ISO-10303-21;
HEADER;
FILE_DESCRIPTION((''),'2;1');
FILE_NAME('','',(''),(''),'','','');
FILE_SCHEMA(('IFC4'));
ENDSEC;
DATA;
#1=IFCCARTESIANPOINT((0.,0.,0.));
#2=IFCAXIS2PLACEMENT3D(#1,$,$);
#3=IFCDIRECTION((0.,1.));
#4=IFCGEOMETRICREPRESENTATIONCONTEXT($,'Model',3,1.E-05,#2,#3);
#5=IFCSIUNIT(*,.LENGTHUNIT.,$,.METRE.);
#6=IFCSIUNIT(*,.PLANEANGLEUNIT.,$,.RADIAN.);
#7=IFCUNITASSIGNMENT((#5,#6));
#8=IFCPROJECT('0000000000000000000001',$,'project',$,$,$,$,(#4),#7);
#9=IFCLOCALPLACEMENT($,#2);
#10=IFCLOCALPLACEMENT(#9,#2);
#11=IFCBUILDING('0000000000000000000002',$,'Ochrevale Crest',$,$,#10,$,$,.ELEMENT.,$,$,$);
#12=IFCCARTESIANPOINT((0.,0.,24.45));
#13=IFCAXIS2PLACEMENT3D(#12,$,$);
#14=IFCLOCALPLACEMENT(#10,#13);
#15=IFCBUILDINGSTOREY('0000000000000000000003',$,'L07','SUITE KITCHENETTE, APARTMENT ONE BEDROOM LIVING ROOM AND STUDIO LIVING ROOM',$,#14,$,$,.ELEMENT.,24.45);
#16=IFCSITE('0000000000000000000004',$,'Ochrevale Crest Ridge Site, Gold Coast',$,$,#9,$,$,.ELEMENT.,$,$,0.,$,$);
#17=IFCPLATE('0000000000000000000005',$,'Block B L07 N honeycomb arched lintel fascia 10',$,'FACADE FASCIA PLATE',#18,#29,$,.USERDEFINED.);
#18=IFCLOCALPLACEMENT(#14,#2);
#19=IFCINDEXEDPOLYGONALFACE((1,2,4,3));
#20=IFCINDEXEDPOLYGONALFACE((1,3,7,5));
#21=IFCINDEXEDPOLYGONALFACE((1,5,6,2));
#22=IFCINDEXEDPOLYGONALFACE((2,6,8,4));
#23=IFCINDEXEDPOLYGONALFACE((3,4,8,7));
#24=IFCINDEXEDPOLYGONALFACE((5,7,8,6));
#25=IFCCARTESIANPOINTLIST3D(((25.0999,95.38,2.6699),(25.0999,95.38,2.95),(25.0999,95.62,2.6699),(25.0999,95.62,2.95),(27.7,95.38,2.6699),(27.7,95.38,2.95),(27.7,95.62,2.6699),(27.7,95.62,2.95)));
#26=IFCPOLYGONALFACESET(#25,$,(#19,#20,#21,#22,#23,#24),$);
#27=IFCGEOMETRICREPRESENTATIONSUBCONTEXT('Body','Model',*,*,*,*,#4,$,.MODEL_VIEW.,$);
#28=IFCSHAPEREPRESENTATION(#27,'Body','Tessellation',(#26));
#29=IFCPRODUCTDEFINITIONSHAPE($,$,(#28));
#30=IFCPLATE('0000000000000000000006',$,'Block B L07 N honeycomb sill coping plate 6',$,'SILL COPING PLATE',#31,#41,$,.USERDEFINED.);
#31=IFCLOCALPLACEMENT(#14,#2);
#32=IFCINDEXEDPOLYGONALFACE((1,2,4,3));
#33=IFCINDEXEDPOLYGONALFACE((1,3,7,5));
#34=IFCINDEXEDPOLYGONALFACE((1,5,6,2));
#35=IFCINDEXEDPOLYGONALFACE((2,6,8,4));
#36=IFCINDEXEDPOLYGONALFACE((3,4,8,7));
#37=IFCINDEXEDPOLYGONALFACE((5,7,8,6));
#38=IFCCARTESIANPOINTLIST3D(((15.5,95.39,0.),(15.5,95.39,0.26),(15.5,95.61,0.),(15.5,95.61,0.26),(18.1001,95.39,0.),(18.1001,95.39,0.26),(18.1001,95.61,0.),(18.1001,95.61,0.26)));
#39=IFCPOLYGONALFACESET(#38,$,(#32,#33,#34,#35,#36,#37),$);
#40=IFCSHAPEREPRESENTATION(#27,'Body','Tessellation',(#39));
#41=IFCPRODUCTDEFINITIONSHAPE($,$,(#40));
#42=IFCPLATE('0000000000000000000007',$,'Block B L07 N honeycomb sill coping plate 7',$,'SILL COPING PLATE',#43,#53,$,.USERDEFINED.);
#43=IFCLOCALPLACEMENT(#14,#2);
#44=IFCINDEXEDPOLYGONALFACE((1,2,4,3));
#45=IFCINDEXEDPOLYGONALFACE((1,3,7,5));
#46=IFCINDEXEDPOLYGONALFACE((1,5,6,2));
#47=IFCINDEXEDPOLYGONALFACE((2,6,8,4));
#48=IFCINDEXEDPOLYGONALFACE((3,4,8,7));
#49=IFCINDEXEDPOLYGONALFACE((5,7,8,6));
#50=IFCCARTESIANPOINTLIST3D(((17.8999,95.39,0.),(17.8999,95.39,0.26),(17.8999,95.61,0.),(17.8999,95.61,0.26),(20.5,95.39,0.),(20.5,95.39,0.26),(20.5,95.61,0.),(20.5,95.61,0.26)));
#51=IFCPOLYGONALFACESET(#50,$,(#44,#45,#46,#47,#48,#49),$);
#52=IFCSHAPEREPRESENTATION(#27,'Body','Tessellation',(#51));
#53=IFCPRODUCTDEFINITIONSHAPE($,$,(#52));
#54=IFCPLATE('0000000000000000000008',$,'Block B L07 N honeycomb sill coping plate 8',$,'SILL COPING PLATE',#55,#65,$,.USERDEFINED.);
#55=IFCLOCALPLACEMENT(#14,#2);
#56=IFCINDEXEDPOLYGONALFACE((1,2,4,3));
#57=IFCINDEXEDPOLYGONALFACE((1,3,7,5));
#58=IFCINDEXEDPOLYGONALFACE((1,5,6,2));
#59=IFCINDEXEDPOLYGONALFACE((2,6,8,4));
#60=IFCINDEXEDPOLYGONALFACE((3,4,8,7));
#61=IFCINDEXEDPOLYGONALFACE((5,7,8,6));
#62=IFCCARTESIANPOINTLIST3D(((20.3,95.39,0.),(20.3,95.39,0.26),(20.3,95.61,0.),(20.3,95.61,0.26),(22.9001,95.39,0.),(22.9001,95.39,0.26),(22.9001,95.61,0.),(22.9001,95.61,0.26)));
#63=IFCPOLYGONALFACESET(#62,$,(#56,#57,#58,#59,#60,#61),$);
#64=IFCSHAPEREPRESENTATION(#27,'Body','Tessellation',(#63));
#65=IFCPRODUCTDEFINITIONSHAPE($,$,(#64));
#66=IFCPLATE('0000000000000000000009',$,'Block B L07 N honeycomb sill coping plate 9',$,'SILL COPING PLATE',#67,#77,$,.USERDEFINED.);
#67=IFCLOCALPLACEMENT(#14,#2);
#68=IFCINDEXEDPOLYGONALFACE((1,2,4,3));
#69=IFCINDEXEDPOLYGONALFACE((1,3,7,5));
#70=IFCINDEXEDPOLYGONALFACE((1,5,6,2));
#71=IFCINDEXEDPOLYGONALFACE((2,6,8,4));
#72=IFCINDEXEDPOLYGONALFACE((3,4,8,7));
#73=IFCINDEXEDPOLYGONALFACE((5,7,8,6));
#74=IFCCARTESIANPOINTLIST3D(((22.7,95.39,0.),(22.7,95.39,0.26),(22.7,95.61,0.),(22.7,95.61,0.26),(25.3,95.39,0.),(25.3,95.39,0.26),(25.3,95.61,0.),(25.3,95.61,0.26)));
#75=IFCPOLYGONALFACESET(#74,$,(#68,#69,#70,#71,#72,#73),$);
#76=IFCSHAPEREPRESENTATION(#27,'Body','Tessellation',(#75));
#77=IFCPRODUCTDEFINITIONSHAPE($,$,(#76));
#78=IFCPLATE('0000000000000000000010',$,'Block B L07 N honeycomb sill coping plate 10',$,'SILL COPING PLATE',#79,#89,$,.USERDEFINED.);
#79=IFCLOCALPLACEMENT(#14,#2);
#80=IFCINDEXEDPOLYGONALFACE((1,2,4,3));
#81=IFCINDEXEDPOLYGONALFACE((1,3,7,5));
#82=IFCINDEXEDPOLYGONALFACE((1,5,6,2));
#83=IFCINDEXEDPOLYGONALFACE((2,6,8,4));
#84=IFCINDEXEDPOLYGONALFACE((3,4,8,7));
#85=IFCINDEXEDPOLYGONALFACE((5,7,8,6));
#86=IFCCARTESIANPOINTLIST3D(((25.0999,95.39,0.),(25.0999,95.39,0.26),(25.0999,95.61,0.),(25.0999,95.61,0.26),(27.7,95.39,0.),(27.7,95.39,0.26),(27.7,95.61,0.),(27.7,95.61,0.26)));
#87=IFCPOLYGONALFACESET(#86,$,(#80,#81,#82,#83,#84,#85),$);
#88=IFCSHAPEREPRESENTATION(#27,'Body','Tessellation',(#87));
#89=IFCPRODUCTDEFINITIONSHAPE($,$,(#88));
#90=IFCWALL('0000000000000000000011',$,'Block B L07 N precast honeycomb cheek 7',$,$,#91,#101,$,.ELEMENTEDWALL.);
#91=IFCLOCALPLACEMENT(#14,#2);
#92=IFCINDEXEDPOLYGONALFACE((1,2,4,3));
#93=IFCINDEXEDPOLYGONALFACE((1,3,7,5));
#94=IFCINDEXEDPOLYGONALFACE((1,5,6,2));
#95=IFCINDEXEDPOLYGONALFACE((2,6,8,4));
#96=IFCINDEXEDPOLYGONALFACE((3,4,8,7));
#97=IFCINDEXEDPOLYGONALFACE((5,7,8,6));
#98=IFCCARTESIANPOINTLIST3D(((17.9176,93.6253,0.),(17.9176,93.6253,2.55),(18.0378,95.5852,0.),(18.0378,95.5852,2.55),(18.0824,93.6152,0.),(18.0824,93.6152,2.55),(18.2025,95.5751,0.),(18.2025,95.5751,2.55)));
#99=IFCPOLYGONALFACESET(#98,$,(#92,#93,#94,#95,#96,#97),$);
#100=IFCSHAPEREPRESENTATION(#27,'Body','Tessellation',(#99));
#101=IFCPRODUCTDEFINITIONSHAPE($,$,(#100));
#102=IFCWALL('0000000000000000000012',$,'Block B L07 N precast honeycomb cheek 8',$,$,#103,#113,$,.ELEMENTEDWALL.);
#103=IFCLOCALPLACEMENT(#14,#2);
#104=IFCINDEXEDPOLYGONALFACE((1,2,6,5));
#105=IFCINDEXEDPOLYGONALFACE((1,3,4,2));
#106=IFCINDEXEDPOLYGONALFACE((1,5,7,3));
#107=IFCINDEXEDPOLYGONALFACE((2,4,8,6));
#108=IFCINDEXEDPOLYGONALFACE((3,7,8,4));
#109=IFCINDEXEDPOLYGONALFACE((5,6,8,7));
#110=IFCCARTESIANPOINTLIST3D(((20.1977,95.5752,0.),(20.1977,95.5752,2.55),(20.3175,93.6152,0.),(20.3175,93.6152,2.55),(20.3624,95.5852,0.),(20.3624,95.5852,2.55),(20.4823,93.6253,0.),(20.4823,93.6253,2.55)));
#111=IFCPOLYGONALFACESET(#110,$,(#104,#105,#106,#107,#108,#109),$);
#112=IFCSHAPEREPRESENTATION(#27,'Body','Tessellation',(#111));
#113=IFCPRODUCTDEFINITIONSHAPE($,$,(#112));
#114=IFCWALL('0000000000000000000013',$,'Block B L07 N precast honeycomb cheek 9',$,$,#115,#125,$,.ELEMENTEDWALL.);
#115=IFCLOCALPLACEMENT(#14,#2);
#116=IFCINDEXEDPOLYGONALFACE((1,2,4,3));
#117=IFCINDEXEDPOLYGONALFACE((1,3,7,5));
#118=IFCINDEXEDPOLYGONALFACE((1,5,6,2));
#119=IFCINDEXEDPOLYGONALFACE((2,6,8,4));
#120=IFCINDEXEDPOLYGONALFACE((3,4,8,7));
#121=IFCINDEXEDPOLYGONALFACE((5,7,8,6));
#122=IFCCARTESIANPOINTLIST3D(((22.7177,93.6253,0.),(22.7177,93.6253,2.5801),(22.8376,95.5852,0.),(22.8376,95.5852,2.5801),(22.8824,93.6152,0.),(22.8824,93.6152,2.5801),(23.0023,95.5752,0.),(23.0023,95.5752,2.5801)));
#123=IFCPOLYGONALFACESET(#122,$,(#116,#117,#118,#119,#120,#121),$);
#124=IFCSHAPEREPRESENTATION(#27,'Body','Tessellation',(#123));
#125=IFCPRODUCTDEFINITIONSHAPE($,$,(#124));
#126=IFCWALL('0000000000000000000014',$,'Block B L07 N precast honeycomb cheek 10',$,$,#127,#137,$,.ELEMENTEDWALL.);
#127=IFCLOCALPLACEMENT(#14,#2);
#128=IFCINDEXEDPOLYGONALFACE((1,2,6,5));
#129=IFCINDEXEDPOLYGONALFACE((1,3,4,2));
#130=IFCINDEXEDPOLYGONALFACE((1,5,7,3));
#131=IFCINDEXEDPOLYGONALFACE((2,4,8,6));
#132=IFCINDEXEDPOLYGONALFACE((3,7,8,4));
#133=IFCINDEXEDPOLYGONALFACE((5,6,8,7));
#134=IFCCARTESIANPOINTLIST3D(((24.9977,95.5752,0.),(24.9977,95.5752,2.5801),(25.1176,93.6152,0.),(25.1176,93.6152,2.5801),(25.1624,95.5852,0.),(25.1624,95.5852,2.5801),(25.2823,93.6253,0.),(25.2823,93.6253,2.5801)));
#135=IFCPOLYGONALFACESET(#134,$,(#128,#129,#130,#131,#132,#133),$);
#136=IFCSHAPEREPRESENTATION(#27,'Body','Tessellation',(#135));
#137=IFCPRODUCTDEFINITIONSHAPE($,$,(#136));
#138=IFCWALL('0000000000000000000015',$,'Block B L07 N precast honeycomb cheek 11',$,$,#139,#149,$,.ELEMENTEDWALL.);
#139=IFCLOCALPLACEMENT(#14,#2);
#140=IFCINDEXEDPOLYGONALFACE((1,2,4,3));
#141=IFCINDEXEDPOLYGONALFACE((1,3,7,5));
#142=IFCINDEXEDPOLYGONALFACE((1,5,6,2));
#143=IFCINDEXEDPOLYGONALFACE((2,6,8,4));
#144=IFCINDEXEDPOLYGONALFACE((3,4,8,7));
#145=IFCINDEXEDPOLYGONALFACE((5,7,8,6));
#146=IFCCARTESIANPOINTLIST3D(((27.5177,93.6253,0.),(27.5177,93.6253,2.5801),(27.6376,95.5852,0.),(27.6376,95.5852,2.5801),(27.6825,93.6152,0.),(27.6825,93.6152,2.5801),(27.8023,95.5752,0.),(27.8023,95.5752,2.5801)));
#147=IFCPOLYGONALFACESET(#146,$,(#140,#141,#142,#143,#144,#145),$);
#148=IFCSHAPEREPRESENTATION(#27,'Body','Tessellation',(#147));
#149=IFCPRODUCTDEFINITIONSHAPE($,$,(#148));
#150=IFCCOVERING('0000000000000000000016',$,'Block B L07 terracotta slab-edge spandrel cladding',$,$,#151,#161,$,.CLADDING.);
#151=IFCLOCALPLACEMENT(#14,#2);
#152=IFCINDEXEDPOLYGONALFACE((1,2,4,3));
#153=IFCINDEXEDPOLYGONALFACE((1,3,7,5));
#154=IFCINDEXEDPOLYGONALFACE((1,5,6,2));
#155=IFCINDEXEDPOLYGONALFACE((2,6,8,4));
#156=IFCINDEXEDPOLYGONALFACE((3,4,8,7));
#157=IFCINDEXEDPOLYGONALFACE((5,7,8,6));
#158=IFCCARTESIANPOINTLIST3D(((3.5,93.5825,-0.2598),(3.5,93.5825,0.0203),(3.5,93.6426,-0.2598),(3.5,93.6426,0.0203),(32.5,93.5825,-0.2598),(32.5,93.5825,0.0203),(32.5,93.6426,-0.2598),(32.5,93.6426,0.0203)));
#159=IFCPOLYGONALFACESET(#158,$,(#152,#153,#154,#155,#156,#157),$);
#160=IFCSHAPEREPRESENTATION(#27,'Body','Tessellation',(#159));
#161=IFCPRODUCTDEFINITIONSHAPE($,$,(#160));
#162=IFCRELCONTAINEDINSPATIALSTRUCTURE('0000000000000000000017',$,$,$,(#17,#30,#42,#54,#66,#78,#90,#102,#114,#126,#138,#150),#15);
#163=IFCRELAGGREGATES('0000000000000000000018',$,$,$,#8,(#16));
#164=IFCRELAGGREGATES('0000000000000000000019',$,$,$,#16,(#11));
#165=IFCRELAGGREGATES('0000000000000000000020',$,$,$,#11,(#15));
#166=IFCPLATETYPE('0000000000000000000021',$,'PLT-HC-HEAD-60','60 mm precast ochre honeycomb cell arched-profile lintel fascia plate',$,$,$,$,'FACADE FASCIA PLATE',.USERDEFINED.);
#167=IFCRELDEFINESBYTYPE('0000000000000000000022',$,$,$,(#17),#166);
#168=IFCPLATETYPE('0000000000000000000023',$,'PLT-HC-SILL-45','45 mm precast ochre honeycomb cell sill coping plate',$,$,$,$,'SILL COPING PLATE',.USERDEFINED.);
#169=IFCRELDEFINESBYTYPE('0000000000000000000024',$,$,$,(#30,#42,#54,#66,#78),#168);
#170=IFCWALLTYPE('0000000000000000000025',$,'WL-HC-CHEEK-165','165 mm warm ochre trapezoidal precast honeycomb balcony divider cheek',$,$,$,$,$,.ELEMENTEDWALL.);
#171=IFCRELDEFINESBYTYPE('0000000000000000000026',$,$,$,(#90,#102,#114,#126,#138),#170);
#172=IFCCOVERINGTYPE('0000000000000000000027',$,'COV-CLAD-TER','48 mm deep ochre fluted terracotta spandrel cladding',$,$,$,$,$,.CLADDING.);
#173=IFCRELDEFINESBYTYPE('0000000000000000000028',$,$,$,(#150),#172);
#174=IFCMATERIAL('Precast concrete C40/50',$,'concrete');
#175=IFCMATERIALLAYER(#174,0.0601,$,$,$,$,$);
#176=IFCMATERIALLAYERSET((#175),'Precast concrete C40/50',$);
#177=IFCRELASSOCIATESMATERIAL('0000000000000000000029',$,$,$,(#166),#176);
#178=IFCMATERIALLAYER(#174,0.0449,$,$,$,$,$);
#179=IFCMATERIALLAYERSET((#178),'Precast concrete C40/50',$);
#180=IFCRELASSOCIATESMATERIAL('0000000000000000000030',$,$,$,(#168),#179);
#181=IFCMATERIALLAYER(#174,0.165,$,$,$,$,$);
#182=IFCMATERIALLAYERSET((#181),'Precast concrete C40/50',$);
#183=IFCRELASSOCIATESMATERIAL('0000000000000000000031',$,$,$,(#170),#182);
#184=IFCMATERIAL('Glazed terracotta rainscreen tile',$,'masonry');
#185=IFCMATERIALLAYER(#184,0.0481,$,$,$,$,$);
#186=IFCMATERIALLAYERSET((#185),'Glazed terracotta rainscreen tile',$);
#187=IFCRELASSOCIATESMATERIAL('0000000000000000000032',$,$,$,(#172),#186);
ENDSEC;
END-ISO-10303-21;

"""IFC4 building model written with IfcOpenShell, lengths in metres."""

from ifc_helpers import new_model, si_unit, direction, frame, frame_2d, origin, origin_2d, place, context, subcontext, project, spatial, rectangle, extrude, material, layer, layer_set, type_object, element, save


model = new_model("IFC4")

# Units and contexts
model_context = context("Model", 3, precision=1e-05, world=origin(), true_north=direction((0.0, 1.0)))
body_context = subcontext(model_context, "Body", "Model", "MODEL_VIEW")
ifc_project = project(units=[si_unit("LENGTHUNIT", "METRE"), si_unit("PLANEANGLEUNIT", "RADIAN")], contexts=[model_context])

# Site, building, storey
site_placement = place(None, origin())
site = spatial("IfcSite", under=ifc_project, at=site_placement, Name="Ochrevale Crest Ridge Site, Gold Coast", CompositionType="ELEMENT", RefElevation=0.0)
building_placement = place(site_placement, origin())
building = spatial("IfcBuilding", under=site, at=building_placement, Name="Ochrevale Crest", CompositionType="ELEMENT")
storey_placement = place(building_placement, frame((0.0, 0.0, 24.45)))
storey = spatial("IfcBuildingStorey", under=building, at=storey_placement, Name="L07", Description="SUITE KITCHENETTE, APARTMENT ONE BEDROOM LIVING ROOM AND STUDIO LIVING ROOM", CompositionType="ELEMENT", Elevation=24.45)

# Shared definitions
ifc_material_1 = material(Name="Precast concrete C40/50", Category="concrete")

# Plates
ifc_layer_1 = layer(ifc_material_1, 0.0601)
ifc_layer_set_1 = layer_set([ifc_layer_1], Name="Precast concrete C40/50")
plate_type_1 = type_object("IfcPlateType", Name="PLT-HC-HEAD-60", Description="60 mm precast ochre honeycomb cell arched-profile lintel fascia plate", ElementType="FACADE FASCIA PLATE", PredefinedType="USERDEFINED", material=ifc_layer_set_1)
for number, where, z_axis, x_axis, name in (
    (1, (26.3999, 95.5, 2.6699), (0.0, 0.0, 1.0), (1.0, 0.0, 0.0), "Block B L07 N honeycomb arched lintel fascia 10"),
):
    element("IfcPlate", number, at=place(storey_placement, frame(where, z_axis=z_axis, x_axis=x_axis)), inside=storey, type_object=plate_type_1, Name=name, ObjectType="FACADE FASCIA PLATE", PredefinedType="USERDEFINED", context=body_context, shape_type="SweptSolid", body=[
        extrude(rectangle(XDim=2.6001, YDim=0.24, at=origin_2d()), origin(), (0.0, 0.0, 1.0), 0.28),
    ])
ifc_layer_2 = layer(ifc_material_1, 0.0449)
ifc_layer_set_2 = layer_set([ifc_layer_2], Name="Precast concrete C40/50")
plate_type_2 = type_object("IfcPlateType", Name="PLT-HC-SILL-45", Description="45 mm precast ochre honeycomb cell sill coping plate", ElementType="SILL COPING PLATE", PredefinedType="USERDEFINED", material=ifc_layer_set_2)
for number, where, z_axis, x_axis, name in (
    (2, (16.8, 95.5, 0.0), (0.0, 0.0, 1.0), (1.0, 0.0, 0.0), "Block B L07 N honeycomb sill coping plate 6"),
    (3, (19.2, 95.5, 0.0), (0.0, 0.0, 1.0), (1.0, 0.0, 0.0), "Block B L07 N honeycomb sill coping plate 7"),
    (4, (21.6001, 95.5, 0.0), (0.0, 0.0, 1.0), (1.0, 0.0, 0.0), "Block B L07 N honeycomb sill coping plate 8"),
    (5, (24.0, 95.5, 0.0), (0.0, 0.0, 1.0), (1.0, 0.0, 0.0), "Block B L07 N honeycomb sill coping plate 9"),
    (6, (26.3999, 95.5, 0.0), (0.0, 0.0, 1.0), (1.0, 0.0, 0.0), "Block B L07 N honeycomb sill coping plate 10"),
):
    element("IfcPlate", number, at=place(storey_placement, frame(where, z_axis=z_axis, x_axis=x_axis)), inside=storey, type_object=plate_type_2, Name=name, ObjectType="SILL COPING PLATE", PredefinedType="USERDEFINED", context=body_context, shape_type="SweptSolid", body=[
        extrude(rectangle(XDim=2.6001, YDim=0.22, at=origin_2d()), origin(), (0.0, 0.0, 1.0), 0.26),
    ])

# Walls
ifc_layer_3 = layer(ifc_material_1, 0.165)
ifc_layer_set_3 = layer_set([ifc_layer_3], Name="Precast concrete C40/50")
wall_type = type_object("IfcWallType", Name="WL-HC-CHEEK-165", Description="165 mm warm ochre trapezoidal precast honeycomb balcony divider cheek", PredefinedType="ELEMENTEDWALL", material=ifc_layer_set_3)
for number, where, z_axis, x_axis, name in (
    (7, (18.0, 93.6201, 0.0), (0.0, 0.0, 1.0), (0.061171, 0.998127, 0.0), "Block B L07 N precast honeycomb cheek 7"),
    (8, (20.3999, 93.6201, 0.0), (0.0, 0.0, 1.0), (-0.061047, 0.998135, 0.0), "Block B L07 N precast honeycomb cheek 8"),
):
    element("IfcWall", number, at=place(storey_placement, frame(where, z_axis=z_axis, x_axis=x_axis)), inside=storey, type_object=wall_type, Name=name, PredefinedType="ELEMENTEDWALL", context=body_context, shape_type="SweptSolid", body=[
        extrude(rectangle(XDim=1.9636, YDim=0.165, at=frame_2d((0.9819, 0.0))), origin(), (0.0, 0.0, 1.0), 2.55),
    ])
for number, where, z_axis, x_axis, name in (
    (9, (22.8, 93.6201, 0.0), (0.0, 0.0, 1.0), (0.061047, 0.998135, 0.0), "Block B L07 N precast honeycomb cheek 9"),
    (10, (25.2, 93.6201, 0.0), (0.0, 0.0, 1.0), (-0.061047, 0.998135, 0.0), "Block B L07 N precast honeycomb cheek 10"),
    (11, (27.6001, 93.6201, 0.0), (0.0, 0.0, 1.0), (0.061047, 0.998135, 0.0), "Block B L07 N precast honeycomb cheek 11"),
):
    element("IfcWall", number, at=place(storey_placement, frame(where, z_axis=z_axis, x_axis=x_axis)), inside=storey, type_object=wall_type, Name=name, PredefinedType="ELEMENTEDWALL", context=body_context, shape_type="SweptSolid", body=[
        extrude(rectangle(XDim=1.9636, YDim=0.165, at=frame_2d((0.9819, 0.0))), origin(), (0.0, 0.0, 1.0), 2.5801),
    ])

# Covering
ifc_material_2 = material(Name="Glazed terracotta rainscreen tile", Category="masonry")
ifc_layer_4 = layer(ifc_material_2, 0.0481)
ifc_layer_set_4 = layer_set([ifc_layer_4], Name="Glazed terracotta rainscreen tile")
covering_type = type_object("IfcCoveringType", Name="COV-CLAD-TER", Description="48 mm deep ochre fluted terracotta spandrel cladding", PredefinedType="CLADDING", material=ifc_layer_set_4)
covering_placement = place(storey_placement, frame((18.0, 93.6125, -0.2598), z_axis=(0.0, 0.0, 1.0), x_axis=(-1.0, 0.0, 0.0)))
element("IfcCovering", 12, at=covering_placement, inside=storey, type_object=covering_type, Name="Block B L07 terracotta slab-edge spandrel cladding", PredefinedType="CLADDING", context=body_context, shape_type="SweptSolid", body=[
    extrude(rectangle(XDim=29.0, YDim=0.0601, at=origin_2d()), origin(), (0.0, 0.0, 1.0), 0.28),
])

save(model, "model.ifc")
